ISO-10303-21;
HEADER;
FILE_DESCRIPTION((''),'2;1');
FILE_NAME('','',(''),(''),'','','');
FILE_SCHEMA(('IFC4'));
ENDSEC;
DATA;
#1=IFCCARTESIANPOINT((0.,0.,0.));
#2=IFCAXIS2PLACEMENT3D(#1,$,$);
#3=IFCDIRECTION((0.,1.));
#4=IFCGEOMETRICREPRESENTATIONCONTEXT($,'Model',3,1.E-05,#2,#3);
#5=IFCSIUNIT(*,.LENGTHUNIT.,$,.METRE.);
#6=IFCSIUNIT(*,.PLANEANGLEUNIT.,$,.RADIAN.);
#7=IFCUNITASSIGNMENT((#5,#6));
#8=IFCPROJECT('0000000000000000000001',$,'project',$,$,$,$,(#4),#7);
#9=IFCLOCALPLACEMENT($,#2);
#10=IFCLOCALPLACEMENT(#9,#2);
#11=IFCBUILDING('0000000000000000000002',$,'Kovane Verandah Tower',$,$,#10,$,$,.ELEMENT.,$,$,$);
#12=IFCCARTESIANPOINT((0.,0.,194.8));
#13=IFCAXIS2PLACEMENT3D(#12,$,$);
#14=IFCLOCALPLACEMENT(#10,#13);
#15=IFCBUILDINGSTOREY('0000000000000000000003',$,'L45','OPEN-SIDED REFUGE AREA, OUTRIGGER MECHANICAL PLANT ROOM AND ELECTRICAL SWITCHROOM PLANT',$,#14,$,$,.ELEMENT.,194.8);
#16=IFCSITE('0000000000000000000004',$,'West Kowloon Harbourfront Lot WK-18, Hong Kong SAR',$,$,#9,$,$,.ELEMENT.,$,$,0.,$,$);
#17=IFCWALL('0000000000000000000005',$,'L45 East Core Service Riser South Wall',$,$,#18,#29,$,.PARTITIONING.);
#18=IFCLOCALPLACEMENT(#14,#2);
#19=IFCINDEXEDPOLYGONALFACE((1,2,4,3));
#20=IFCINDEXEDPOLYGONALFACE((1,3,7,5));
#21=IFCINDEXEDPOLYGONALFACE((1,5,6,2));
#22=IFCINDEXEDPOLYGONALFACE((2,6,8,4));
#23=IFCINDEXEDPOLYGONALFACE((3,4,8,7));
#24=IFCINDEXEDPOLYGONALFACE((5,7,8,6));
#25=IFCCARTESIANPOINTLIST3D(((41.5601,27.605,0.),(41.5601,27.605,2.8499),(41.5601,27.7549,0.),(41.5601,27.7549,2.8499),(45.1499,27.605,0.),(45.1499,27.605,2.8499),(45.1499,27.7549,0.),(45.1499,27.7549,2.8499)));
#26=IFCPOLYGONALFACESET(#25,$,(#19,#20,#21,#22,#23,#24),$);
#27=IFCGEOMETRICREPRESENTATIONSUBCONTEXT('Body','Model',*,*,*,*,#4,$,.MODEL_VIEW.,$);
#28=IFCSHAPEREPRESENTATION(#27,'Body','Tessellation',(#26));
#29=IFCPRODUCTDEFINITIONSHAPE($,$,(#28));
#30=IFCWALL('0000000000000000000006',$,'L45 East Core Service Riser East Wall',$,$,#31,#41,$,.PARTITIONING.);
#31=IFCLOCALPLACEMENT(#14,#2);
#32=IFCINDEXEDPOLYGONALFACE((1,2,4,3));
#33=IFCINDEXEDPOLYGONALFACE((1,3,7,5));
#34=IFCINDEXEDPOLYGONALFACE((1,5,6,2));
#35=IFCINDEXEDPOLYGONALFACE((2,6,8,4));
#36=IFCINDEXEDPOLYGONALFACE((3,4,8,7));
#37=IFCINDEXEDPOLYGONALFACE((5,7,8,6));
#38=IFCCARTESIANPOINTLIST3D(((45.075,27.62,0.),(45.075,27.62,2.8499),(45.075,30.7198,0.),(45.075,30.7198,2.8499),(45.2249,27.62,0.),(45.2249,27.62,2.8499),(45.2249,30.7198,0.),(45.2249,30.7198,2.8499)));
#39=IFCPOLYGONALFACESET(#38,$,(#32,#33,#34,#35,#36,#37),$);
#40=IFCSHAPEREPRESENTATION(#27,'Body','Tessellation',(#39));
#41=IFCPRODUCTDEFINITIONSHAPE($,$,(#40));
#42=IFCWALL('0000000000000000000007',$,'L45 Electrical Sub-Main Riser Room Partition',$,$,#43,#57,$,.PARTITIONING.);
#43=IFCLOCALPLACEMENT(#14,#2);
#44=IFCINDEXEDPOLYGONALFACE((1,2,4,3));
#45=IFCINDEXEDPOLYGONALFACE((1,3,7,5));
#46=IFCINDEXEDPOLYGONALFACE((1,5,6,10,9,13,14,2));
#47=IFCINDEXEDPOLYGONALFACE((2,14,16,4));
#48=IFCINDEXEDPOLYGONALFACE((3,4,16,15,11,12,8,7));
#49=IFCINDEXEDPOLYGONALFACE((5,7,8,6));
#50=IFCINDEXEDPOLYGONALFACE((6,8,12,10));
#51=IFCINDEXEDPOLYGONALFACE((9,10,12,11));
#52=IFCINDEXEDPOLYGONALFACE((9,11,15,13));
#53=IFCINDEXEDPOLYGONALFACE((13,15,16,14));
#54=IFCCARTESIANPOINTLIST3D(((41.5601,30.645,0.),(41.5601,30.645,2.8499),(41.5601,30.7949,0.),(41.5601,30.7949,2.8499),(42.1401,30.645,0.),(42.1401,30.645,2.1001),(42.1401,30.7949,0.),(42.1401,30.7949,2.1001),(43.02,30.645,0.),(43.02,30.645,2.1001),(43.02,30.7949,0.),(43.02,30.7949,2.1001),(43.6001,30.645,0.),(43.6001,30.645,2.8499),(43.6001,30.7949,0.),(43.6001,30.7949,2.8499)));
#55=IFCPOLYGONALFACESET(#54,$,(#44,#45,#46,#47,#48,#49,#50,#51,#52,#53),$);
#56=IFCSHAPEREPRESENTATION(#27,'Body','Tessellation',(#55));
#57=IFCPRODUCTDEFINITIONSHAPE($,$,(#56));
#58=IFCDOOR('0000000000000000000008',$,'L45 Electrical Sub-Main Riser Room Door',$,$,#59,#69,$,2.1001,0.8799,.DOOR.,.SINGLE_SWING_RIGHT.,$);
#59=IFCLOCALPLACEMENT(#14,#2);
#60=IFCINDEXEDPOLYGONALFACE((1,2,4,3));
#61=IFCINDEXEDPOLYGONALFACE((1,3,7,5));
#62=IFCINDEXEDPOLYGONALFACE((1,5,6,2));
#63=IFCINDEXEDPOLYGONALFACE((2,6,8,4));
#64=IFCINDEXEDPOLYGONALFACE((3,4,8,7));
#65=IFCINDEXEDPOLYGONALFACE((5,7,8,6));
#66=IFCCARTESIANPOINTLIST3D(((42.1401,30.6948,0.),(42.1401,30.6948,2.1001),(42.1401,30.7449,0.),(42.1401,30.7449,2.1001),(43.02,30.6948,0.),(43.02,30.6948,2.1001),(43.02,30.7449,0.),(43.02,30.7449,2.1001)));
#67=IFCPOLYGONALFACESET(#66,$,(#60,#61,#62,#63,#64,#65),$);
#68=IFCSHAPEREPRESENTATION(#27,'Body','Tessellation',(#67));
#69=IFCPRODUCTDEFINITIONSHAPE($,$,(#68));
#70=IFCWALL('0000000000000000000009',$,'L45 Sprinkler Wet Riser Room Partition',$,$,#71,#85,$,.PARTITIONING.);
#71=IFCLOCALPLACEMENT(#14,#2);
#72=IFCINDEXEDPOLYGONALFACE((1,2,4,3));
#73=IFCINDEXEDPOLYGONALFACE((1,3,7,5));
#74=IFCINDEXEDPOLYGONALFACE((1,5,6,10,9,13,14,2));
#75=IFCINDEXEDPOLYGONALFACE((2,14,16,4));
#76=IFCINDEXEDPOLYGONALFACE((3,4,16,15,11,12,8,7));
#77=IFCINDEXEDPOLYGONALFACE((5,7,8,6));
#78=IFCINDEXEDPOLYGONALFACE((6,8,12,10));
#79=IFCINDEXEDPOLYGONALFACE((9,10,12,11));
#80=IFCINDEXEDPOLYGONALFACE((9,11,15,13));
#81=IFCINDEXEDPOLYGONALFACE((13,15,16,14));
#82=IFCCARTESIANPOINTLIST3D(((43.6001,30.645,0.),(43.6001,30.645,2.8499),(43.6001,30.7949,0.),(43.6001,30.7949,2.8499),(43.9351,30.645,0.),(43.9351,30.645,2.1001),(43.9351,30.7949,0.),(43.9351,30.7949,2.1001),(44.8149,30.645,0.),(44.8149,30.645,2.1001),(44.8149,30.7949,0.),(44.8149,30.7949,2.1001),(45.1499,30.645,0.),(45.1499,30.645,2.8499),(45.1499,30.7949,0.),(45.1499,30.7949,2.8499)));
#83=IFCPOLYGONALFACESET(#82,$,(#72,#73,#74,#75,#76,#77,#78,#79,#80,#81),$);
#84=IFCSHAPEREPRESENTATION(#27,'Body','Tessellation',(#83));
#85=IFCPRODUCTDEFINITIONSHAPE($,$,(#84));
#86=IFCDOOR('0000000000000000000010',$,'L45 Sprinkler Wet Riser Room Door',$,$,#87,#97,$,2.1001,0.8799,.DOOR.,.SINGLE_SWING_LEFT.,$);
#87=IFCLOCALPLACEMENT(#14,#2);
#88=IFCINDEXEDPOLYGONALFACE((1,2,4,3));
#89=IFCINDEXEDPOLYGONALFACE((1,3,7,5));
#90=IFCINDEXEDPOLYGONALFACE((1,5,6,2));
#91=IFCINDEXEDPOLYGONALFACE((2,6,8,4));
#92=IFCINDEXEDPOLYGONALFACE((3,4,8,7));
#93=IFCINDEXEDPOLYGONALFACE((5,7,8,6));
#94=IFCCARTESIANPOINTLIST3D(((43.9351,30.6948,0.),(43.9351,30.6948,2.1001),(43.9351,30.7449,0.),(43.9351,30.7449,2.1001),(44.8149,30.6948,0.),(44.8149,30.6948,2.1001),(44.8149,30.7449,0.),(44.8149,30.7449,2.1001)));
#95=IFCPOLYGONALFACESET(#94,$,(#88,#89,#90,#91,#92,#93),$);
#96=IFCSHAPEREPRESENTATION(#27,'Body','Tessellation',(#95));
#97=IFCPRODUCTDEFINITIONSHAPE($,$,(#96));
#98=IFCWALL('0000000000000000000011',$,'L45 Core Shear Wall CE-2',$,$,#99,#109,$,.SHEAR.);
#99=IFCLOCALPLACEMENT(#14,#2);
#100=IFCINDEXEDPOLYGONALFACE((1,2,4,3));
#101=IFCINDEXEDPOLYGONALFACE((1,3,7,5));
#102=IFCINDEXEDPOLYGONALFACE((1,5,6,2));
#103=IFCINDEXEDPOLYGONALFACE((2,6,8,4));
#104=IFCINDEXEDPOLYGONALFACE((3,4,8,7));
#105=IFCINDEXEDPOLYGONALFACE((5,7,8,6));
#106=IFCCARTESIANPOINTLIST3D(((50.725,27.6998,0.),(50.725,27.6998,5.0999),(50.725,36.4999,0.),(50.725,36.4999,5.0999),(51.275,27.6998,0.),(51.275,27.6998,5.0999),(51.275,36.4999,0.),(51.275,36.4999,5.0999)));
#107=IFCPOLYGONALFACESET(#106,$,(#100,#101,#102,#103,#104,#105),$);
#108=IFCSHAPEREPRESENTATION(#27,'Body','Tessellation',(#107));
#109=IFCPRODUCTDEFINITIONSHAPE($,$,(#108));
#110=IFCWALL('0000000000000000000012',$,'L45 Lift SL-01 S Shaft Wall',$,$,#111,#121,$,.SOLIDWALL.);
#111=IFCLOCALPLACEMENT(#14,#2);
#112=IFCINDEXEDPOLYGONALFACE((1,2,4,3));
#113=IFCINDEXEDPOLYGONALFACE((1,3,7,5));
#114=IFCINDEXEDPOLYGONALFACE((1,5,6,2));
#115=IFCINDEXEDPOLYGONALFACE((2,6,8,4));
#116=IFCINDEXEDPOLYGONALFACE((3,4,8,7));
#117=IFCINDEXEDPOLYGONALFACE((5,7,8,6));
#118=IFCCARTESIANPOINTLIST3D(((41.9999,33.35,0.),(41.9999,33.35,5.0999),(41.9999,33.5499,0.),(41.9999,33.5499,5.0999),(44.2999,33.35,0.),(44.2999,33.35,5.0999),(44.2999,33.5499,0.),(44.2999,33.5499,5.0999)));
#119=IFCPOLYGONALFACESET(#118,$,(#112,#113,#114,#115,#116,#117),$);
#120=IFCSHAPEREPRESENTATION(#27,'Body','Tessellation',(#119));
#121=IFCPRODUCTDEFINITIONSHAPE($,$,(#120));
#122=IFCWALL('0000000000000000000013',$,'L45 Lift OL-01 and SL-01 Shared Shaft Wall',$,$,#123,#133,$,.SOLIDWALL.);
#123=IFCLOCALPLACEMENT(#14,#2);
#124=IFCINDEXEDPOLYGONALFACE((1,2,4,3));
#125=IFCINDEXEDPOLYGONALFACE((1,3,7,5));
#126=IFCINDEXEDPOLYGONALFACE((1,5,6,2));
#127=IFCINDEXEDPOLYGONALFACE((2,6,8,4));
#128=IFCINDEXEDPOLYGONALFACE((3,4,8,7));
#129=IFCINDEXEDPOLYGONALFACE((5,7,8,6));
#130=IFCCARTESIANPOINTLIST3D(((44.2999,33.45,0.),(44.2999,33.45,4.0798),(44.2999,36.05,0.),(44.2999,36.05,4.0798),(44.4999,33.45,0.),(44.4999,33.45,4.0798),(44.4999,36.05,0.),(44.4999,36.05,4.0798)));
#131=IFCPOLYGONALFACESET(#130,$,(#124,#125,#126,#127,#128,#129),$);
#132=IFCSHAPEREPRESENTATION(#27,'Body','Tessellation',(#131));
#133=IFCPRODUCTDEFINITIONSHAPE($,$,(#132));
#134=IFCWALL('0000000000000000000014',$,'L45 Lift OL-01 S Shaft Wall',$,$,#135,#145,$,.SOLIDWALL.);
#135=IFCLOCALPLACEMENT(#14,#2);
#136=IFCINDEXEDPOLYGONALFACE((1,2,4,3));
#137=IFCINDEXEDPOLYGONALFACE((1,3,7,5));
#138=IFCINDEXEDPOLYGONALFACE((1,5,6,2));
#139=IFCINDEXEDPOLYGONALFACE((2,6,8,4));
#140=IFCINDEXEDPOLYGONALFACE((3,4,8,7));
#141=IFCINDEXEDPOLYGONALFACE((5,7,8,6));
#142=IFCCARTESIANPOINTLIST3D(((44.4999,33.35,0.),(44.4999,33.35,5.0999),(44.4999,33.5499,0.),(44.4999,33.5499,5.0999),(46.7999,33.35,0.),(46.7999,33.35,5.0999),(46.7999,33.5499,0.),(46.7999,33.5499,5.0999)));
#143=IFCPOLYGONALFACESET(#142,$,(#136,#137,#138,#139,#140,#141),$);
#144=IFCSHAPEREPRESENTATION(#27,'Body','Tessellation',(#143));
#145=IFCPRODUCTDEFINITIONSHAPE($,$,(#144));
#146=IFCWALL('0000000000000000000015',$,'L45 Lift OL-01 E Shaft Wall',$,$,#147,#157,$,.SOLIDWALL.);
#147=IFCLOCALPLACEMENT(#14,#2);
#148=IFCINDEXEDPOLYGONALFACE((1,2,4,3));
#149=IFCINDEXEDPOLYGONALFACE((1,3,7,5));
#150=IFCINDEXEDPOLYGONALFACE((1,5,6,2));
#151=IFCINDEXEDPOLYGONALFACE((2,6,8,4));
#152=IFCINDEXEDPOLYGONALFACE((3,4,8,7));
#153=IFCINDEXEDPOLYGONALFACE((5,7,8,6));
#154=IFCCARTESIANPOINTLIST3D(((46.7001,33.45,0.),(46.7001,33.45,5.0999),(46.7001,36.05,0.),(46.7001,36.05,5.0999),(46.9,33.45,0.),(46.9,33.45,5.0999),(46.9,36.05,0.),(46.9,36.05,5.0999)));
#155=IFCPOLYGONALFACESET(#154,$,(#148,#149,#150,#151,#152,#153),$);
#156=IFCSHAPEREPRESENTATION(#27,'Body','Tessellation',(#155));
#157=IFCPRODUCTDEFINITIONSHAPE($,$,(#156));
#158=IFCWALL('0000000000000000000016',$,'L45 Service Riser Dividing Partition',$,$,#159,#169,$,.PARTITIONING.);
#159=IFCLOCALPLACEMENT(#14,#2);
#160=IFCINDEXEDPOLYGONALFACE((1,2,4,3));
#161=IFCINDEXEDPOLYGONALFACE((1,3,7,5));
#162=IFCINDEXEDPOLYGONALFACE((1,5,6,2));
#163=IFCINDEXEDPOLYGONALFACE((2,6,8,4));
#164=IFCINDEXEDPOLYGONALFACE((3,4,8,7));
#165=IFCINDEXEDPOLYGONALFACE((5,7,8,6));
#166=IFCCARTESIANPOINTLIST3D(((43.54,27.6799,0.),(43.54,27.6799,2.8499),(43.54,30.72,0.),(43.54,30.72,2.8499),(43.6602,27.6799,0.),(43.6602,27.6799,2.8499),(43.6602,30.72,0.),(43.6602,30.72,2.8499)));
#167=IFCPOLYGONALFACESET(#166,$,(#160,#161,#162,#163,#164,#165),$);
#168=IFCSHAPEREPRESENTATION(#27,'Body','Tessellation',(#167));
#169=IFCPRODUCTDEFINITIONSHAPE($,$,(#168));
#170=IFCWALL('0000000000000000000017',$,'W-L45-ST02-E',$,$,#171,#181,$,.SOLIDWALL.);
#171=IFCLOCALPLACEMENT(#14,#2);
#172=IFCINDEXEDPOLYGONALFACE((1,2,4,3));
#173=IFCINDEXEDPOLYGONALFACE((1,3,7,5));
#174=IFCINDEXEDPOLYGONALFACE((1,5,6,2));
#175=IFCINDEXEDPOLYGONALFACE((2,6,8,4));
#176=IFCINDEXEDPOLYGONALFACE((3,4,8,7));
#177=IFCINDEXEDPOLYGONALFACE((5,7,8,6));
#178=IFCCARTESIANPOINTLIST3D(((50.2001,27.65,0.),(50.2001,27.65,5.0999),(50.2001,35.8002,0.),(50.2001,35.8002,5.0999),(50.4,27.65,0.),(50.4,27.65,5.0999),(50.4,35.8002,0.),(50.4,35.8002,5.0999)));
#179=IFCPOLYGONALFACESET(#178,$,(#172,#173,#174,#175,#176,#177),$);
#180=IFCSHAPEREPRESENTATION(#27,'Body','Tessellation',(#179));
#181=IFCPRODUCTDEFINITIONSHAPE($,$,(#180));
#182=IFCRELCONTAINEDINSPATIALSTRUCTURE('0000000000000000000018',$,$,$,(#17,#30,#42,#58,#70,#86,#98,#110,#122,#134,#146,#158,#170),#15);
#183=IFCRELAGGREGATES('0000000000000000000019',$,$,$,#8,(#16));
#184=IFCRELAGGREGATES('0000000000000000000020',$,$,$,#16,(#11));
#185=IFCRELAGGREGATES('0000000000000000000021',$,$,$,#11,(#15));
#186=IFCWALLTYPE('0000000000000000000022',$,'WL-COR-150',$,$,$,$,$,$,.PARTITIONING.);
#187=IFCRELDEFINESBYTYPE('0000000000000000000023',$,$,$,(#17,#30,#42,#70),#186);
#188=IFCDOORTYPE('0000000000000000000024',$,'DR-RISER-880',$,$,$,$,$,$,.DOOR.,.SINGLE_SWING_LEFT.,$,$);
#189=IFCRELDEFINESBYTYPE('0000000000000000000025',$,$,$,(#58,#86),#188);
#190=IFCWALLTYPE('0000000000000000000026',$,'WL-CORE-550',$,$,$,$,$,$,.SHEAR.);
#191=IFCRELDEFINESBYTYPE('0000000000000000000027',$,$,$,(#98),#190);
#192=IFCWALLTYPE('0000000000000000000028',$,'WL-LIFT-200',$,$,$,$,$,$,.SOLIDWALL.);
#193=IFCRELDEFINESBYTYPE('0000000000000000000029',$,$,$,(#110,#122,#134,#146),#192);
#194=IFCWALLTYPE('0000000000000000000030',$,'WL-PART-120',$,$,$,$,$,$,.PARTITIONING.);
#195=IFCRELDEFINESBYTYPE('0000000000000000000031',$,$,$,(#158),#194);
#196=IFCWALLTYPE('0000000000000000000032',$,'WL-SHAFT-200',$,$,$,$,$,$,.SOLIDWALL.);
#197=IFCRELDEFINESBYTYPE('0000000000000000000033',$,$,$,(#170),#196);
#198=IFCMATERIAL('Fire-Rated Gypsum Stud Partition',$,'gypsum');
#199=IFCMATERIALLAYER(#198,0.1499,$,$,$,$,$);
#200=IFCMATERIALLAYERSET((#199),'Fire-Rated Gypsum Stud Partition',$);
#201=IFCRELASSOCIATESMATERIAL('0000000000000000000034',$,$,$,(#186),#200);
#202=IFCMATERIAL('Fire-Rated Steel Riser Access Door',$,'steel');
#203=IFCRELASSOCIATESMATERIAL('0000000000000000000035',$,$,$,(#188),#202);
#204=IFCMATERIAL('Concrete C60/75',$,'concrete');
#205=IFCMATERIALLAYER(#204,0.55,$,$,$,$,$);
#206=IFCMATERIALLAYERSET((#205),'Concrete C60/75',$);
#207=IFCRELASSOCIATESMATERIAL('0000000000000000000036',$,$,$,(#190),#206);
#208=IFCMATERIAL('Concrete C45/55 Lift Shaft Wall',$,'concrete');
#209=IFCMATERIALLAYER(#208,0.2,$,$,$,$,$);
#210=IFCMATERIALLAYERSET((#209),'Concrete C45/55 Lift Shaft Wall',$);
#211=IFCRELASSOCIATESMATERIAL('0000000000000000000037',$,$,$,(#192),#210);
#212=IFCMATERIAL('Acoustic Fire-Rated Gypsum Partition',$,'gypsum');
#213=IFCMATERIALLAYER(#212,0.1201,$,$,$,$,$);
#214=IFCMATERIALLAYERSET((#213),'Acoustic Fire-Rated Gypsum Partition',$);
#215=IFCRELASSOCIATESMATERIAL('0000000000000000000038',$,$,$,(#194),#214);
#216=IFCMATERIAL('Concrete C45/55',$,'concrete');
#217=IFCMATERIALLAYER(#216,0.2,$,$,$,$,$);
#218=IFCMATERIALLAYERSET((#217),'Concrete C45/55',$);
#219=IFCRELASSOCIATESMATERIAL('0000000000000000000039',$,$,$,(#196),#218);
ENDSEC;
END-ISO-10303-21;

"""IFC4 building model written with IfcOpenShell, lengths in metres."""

from ifc_helpers import new_model, si_unit, direction, frame, frame_2d, origin, place, context, subcontext, project, spatial, rectangle, extrude, material, layer, layer_set, type_object, element, fill, save


model = new_model("IFC4")

# Units and contexts
model_context = context("Model", 3, precision=1e-05, world=origin(), true_north=direction((0.0, 1.0)))
body_context = subcontext(model_context, "Body", "Model", "MODEL_VIEW")
ifc_project = project(units=[si_unit("LENGTHUNIT", "METRE"), si_unit("PLANEANGLEUNIT", "RADIAN")], contexts=[model_context])

# Site, building, storey
site_placement = place(None, origin())
site = spatial("IfcSite", under=ifc_project, at=site_placement, Name="West Kowloon Harbourfront Lot WK-18, Hong Kong SAR", CompositionType="ELEMENT", RefElevation=0.0)
building_placement = place(site_placement, origin())
building = spatial("IfcBuilding", under=site, at=building_placement, Name="Kovane Verandah Tower", CompositionType="ELEMENT")
storey_placement = place(building_placement, frame((0.0, 0.0, 194.8)))
storey = spatial("IfcBuildingStorey", under=building, at=storey_placement, Name="L45", Description="OPEN-SIDED REFUGE AREA, OUTRIGGER MECHANICAL PLANT ROOM AND ELECTRICAL SWITCHROOM PLANT", CompositionType="ELEMENT", Elevation=194.8)

# Walls
ifc_material_1 = material(Name="Fire-Rated Gypsum Stud Partition", Category="gypsum")
ifc_layer_1 = layer(ifc_material_1, 0.1499)
ifc_layer_set_1 = layer_set([ifc_layer_1], Name="Fire-Rated Gypsum Stud Partition")
wall_type_1 = type_object("IfcWallType", Name="WL-COR-150", PredefinedType="PARTITIONING", material=ifc_layer_set_1)
wall_1_placement = place(storey_placement, frame((41.5601, 27.6799, 0.0), z_axis=(0.0, 0.0, 1.0), x_axis=(1.0, 0.0, 0.0)))
element("IfcWall", 1, at=wall_1_placement, inside=storey, type_object=wall_type_1, Name="L45 East Core Service Riser South Wall", PredefinedType="PARTITIONING", context=body_context, shape_type="SweptSolid", body=[
    extrude(rectangle(XDim=3.5898, YDim=0.1499, at=frame_2d((1.7949, 0.0))), origin(), (0.0, 0.0, 1.0), 2.8499),
])
wall_2_placement = place(storey_placement, frame((45.1499, 27.6201, 0.0), z_axis=(0.0, 0.0, 1.0), x_axis=(0.0, 1.0, 0.0)))
element("IfcWall", 2, at=wall_2_placement, inside=storey, type_object=wall_type_1, Name="L45 East Core Service Riser East Wall", PredefinedType="PARTITIONING", context=body_context, shape_type="SweptSolid", body=[
    extrude(rectangle(XDim=3.0999, YDim=0.1499, at=frame_2d((1.5498, 0.0))), origin(), (0.0, 0.0, 1.0), 2.8499),
])

# Walls, openings, doors
wall_3_placement = place(storey_placement, frame((41.5601, 30.72, 0.0), z_axis=(0.0, 0.0, 1.0), x_axis=(1.0, 0.0, 0.0)))
wall_3 = element("IfcWall", 3, at=wall_3_placement, inside=storey, type_object=wall_type_1, Name="L45 Electrical Sub-Main Riser Room Partition", PredefinedType="PARTITIONING", context=body_context, shape_type="SweptSolid", body=[
    extrude(rectangle(XDim=2.04, YDim=0.1499, at=frame_2d((1.02, 0.0))), origin(), (0.0, 0.0, 1.0), 2.8499),
])
opening_1_placement = place(wall_3_placement, frame((0.5801, 0.0, 0.0)))
opening_1 = element("IfcOpeningElement", 4, at=opening_1_placement, cuts=wall_3, PredefinedType="OPENING", context=body_context, shape_type="SweptSolid", body=[
    extrude(rectangle(XDim=0.8799, YDim=2.1001, at=frame_2d((0.4399, 1.05))), frame((0.0, 0.075, 0.0), z_axis=(0.0, -1.0, 0.0), x_axis=(1.0, 0.0, 0.0)), (0.0, 0.0, 1.0), 0.1499),
])
ifc_material_2 = material(Name="Fire-Rated Steel Riser Access Door", Category="steel")
door_type_1 = type_object("IfcDoorType", Name="DR-RISER-880", OperationType="SINGLE_SWING_LEFT", PredefinedType="DOOR", material=ifc_material_2)
door_1_placement = place(opening_1_placement, origin())
door_1 = element("IfcDoor", 5, at=door_1_placement, inside=storey, type_object=door_type_1, Name="L45 Electrical Sub-Main Riser Room Door", OperationType="SINGLE_SWING_RIGHT", OverallHeight=2.1001, OverallWidth=0.8799, PredefinedType="DOOR", context=body_context, shape_type="SweptSolid", body=[
    extrude(rectangle(XDim=0.8799, YDim=2.1001, at=frame_2d((0.4399, 1.05))), frame((0.0, 0.0249, 0.0), z_axis=(0.0, -1.0, 0.0), x_axis=(1.0, 0.0, 0.0)), (0.0, 0.0, 1.0), 0.05),
])
fill(opening_1, door_1)
wall_4_placement = place(storey_placement, frame((43.6001, 30.72, 0.0), z_axis=(0.0, 0.0, 1.0), x_axis=(1.0, 0.0, 0.0)))
wall_4 = element("IfcWall", 6, at=wall_4_placement, inside=storey, type_object=wall_type_1, Name="L45 Sprinkler Wet Riser Room Partition", PredefinedType="PARTITIONING", context=body_context, shape_type="SweptSolid", body=[
    extrude(rectangle(XDim=1.5498, YDim=0.1499, at=frame_2d((0.7749, 0.0))), origin(), (0.0, 0.0, 1.0), 2.8499),
])
opening_2_placement = place(wall_4_placement, frame((0.335, 0.0, 0.0)))
opening_2 = element("IfcOpeningElement", 7, at=opening_2_placement, cuts=wall_4, PredefinedType="OPENING", context=body_context, shape_type="SweptSolid", body=[
    extrude(rectangle(XDim=0.8799, YDim=2.1001, at=frame_2d((0.4399, 1.05))), frame((0.0, 0.075, 0.0), z_axis=(0.0, -1.0, 0.0), x_axis=(1.0, 0.0, 0.0)), (0.0, 0.0, 1.0), 0.1499),
])
door_2_placement = place(opening_2_placement, origin())
door_2 = element("IfcDoor", 8, at=door_2_placement, inside=storey, type_object=door_type_1, Name="L45 Sprinkler Wet Riser Room Door", OperationType="SINGLE_SWING_LEFT", OverallHeight=2.1001, OverallWidth=0.8799, PredefinedType="DOOR", context=body_context, shape_type="SweptSolid", body=[
    extrude(rectangle(XDim=0.8799, YDim=2.1001, at=frame_2d((0.4399, 1.05))), frame((0.0, 0.0249, 0.0), z_axis=(0.0, -1.0, 0.0), x_axis=(1.0, 0.0, 0.0)), (0.0, 0.0, 1.0), 0.05),
])
fill(opening_2, door_2)

# Wall
ifc_material_3 = material(Name="Concrete C60/75", Category="concrete")
ifc_layer_2 = layer(ifc_material_3, 0.55)
ifc_layer_set_2 = layer_set([ifc_layer_2], Name="Concrete C60/75")
wall_type_2 = type_object("IfcWallType", Name="WL-CORE-550", PredefinedType="SHEAR", material=ifc_layer_set_2)
wall_5_placement = place(storey_placement, frame((51.0, 27.7, 0.0), z_axis=(0.0, 0.0, 1.0), x_axis=(0.0, 1.0, 0.0)))
element("IfcWall", 9, at=wall_5_placement, inside=storey, type_object=wall_type_2, Name="L45 Core Shear Wall CE-2", PredefinedType="SHEAR", context=body_context, shape_type="SweptSolid", body=[
    extrude(rectangle(XDim=8.8, YDim=0.55, at=frame_2d((4.3999, 0.0))), origin(), (0.0, 0.0, 1.0), 5.0999),
])

# Walls
ifc_material_4 = material(Name="Concrete C45/55 Lift Shaft Wall", Category="concrete")
ifc_layer_3 = layer(ifc_material_4, 0.2)
ifc_layer_set_3 = layer_set([ifc_layer_3], Name="Concrete C45/55 Lift Shaft Wall")
wall_type_3 = type_object("IfcWallType", Name="WL-LIFT-200", PredefinedType="SOLIDWALL", material=ifc_layer_set_3)
wall_6_placement = place(storey_placement, frame((42.0, 33.45, 0.0), z_axis=(0.0, 0.0, 1.0), x_axis=(1.0, 0.0, 0.0)))
element("IfcWall", 10, at=wall_6_placement, inside=storey, type_object=wall_type_3, Name="L45 Lift SL-01 S Shaft Wall", PredefinedType="SOLIDWALL", context=body_context, shape_type="SweptSolid", body=[
    extrude(rectangle(XDim=2.3, YDim=0.2, at=frame_2d((1.1499, 0.0))), origin(), (0.0, 0.0, 1.0), 5.0999),
])
wall_7_placement = place(storey_placement, frame((44.3999, 33.45, 0.0), z_axis=(0.0, 0.0, 1.0), x_axis=(0.0, 1.0, 0.0)))
element("IfcWall", 11, at=wall_7_placement, inside=storey, type_object=wall_type_3, Name="L45 Lift OL-01 and SL-01 Shared Shaft Wall", PredefinedType="SOLIDWALL", context=body_context, shape_type="SweptSolid", body=[
    extrude(rectangle(XDim=2.6001, YDim=0.2, at=frame_2d((1.3, 0.0))), origin(), (0.0, 0.0, 1.0), 4.0798),
])
wall_8_placement = place(storey_placement, frame((44.5, 33.45, 0.0), z_axis=(0.0, 0.0, 1.0), x_axis=(1.0, 0.0, 0.0)))
element("IfcWall", 12, at=wall_8_placement, inside=storey, type_object=wall_type_3, Name="L45 Lift OL-01 S Shaft Wall", PredefinedType="SOLIDWALL", context=body_context, shape_type="SweptSolid", body=[
    extrude(rectangle(XDim=2.3, YDim=0.2, at=frame_2d((1.1499, 0.0))), origin(), (0.0, 0.0, 1.0), 5.0999),
])
wall_9_placement = place(storey_placement, frame((46.8, 33.45, 0.0), z_axis=(0.0, 0.0, 1.0), x_axis=(0.0, 1.0, 0.0)))
element("IfcWall", 13, at=wall_9_placement, inside=storey, type_object=wall_type_3, Name="L45 Lift OL-01 E Shaft Wall", PredefinedType="SOLIDWALL", context=body_context, shape_type="SweptSolid", body=[
    extrude(rectangle(XDim=2.6001, YDim=0.2, at=frame_2d((1.3, 0.0))), origin(), (0.0, 0.0, 1.0), 5.0999),
])
ifc_material_5 = material(Name="Acoustic Fire-Rated Gypsum Partition", Category="gypsum")
ifc_layer_4 = layer(ifc_material_5, 0.1201)
ifc_layer_set_4 = layer_set([ifc_layer_4], Name="Acoustic Fire-Rated Gypsum Partition")
wall_type_4 = type_object("IfcWallType", Name="WL-PART-120", PredefinedType="PARTITIONING", material=ifc_layer_set_4)
wall_10_placement = place(storey_placement, frame((43.6001, 27.6799, 0.0), z_axis=(0.0, 0.0, 1.0), x_axis=(0.0, 1.0, 0.0)))
element("IfcWall", 14, at=wall_10_placement, inside=storey, type_object=wall_type_4, Name="L45 Service Riser Dividing Partition", PredefinedType="PARTITIONING", context=body_context, shape_type="SweptSolid", body=[
    extrude(rectangle(XDim=3.04, YDim=0.1201, at=frame_2d((1.52, 0.0))), origin(), (0.0, 0.0, 1.0), 2.8499),
])
ifc_material_6 = material(Name="Concrete C45/55", Category="concrete")
ifc_layer_5 = layer(ifc_material_6, 0.2)
ifc_layer_set_5 = layer_set([ifc_layer_5], Name="Concrete C45/55")
wall_type_5 = type_object("IfcWallType", Name="WL-SHAFT-200", PredefinedType="SOLIDWALL", material=ifc_layer_set_5)
wall_11_placement = place(storey_placement, frame((50.3, 27.6499, 0.0), z_axis=(0.0, 0.0, 1.0), x_axis=(0.0, 1.0, 0.0)))
element("IfcWall", 15, at=wall_11_placement, inside=storey, type_object=wall_type_5, Name="W-L45-ST02-E", PredefinedType="SOLIDWALL", context=body_context, shape_type="SweptSolid", body=[
    extrude(rectangle(XDim=8.1501, YDim=0.2, at=frame_2d((4.0752, 0.0))), origin(), (0.0, 0.0, 1.0), 5.0999),
])

save(model, "model.ifc")
